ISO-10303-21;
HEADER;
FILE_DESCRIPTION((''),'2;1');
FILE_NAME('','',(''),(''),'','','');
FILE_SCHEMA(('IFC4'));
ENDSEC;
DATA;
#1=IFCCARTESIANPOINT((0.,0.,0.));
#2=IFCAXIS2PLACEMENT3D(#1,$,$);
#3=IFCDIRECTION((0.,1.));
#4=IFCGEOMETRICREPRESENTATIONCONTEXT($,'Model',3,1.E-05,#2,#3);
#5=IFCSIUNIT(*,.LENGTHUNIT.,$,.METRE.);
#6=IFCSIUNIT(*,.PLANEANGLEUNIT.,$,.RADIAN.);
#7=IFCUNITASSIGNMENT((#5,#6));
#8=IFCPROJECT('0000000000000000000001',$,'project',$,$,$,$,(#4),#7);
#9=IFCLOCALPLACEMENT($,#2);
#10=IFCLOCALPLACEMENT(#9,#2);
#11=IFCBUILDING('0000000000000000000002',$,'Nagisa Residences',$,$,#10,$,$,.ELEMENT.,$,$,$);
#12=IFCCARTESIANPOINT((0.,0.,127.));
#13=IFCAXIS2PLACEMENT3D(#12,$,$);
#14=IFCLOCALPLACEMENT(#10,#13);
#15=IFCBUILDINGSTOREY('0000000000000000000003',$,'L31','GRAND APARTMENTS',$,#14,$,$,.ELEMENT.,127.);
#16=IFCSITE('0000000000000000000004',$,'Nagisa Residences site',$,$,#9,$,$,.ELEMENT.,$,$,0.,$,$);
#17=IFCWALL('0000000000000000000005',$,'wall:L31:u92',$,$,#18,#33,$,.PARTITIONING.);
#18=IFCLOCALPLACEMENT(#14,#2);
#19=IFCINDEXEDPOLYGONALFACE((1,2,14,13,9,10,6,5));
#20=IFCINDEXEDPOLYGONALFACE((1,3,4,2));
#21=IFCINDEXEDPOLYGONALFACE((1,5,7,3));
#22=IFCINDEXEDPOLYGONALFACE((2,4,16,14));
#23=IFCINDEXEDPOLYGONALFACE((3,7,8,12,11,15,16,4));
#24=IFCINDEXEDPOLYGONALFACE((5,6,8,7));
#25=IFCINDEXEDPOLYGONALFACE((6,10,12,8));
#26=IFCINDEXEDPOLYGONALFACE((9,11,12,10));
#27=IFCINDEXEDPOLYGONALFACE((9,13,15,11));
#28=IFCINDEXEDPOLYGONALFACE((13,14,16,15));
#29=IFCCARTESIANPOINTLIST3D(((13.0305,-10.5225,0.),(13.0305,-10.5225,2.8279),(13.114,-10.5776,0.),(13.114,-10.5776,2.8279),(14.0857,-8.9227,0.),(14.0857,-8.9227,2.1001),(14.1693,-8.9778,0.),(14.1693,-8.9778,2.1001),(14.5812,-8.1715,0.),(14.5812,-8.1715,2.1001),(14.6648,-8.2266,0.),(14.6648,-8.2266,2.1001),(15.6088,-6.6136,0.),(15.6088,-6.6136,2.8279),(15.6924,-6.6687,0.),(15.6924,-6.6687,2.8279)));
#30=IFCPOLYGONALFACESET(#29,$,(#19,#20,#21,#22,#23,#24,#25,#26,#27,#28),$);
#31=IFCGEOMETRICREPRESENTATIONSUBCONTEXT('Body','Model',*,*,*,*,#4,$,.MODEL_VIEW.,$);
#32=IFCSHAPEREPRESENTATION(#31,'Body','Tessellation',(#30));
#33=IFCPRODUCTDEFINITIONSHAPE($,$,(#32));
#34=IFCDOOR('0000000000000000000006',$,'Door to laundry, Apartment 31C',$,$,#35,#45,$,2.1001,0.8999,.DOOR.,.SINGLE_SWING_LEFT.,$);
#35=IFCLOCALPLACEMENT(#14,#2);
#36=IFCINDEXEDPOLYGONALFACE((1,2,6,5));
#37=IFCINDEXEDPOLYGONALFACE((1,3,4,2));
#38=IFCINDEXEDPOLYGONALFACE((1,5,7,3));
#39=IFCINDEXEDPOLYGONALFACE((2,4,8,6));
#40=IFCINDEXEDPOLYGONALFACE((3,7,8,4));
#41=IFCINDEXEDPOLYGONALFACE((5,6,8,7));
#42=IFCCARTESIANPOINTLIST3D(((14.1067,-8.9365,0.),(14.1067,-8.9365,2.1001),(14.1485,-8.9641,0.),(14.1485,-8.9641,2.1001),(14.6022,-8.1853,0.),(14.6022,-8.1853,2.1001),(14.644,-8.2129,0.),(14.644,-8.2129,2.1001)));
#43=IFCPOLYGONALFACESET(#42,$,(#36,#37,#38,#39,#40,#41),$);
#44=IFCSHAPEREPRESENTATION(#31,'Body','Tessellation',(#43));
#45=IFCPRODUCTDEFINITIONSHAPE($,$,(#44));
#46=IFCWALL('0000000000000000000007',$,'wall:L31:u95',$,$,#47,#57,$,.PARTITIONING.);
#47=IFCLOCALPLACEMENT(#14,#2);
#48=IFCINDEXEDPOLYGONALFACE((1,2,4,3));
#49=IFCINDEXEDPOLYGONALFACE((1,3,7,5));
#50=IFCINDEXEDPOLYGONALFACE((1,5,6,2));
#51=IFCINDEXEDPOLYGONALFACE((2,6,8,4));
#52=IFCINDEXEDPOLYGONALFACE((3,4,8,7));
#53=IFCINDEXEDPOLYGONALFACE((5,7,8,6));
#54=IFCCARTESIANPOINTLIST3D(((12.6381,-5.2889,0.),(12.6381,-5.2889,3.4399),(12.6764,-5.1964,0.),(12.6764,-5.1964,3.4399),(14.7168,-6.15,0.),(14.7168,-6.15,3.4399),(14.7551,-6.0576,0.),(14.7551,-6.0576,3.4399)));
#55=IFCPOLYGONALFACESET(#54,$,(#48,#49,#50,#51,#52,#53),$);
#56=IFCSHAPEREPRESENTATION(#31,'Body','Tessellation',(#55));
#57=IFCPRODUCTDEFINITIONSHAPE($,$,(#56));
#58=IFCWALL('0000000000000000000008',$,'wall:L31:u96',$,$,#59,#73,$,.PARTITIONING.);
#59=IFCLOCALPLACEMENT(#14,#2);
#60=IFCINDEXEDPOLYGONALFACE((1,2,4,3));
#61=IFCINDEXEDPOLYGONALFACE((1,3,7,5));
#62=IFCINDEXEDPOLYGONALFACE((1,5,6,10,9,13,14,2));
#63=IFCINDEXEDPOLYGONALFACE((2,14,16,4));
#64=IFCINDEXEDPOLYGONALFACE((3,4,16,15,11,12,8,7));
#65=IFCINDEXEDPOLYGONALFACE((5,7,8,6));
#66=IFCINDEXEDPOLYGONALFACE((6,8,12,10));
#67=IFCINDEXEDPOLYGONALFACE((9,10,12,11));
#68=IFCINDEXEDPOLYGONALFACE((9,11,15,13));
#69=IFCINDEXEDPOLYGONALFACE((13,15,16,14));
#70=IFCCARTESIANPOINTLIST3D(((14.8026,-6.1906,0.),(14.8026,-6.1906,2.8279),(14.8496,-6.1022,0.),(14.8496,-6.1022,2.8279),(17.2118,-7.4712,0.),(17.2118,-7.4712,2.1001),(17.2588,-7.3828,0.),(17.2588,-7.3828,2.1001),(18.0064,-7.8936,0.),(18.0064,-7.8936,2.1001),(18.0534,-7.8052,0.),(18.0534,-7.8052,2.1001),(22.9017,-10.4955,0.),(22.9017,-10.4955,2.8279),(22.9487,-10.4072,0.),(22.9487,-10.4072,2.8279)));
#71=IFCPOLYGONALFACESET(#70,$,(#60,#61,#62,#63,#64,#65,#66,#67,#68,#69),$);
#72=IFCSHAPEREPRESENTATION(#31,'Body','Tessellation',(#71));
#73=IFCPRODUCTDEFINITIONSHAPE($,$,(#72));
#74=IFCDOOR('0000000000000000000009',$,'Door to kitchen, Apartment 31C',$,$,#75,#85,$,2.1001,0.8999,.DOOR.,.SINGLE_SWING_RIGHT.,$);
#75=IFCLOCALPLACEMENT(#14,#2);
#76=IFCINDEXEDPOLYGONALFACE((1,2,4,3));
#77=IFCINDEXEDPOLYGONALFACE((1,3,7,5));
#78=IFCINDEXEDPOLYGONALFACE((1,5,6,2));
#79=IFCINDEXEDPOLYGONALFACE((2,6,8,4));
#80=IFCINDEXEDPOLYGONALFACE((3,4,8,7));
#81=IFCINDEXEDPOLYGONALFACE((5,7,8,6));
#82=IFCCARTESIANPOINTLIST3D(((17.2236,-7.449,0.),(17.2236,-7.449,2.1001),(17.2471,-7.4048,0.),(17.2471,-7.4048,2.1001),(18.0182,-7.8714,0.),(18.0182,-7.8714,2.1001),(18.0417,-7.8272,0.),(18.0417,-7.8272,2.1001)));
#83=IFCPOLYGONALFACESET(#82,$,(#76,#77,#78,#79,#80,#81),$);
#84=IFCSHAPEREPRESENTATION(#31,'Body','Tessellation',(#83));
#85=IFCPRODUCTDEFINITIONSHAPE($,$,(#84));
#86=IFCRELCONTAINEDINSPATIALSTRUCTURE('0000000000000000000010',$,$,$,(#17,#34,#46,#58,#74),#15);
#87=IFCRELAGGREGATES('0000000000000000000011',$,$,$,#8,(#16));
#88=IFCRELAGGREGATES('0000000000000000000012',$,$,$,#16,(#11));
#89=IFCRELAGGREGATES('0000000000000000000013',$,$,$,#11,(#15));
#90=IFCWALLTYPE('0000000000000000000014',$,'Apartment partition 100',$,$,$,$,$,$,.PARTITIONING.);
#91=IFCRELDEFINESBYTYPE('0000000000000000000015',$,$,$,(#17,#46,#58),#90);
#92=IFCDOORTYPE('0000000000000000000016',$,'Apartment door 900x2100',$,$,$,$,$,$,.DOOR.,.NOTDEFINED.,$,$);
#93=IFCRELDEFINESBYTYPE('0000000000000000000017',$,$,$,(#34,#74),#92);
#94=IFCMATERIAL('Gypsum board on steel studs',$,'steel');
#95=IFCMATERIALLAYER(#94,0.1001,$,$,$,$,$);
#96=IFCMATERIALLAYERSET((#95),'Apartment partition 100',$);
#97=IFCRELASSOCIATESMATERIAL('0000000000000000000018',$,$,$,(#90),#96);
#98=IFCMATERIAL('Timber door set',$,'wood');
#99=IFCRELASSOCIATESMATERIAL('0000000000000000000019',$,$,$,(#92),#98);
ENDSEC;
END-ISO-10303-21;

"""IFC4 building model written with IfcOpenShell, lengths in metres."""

from ifc_helpers import new_model, si_unit, direction, frame, frame_2d, origin, place, context, subcontext, project, spatial, rectangle, extrude, material, layer, layer_set, type_object, element, fill, save


model = new_model("IFC4")

# Units and contexts
model_context = context("Model", 3, precision=1e-05, world=origin(), true_north=direction((0.0, 1.0)))
body_context = subcontext(model_context, "Body", "Model", "MODEL_VIEW")
ifc_project = project(units=[si_unit("LENGTHUNIT", "METRE"), si_unit("PLANEANGLEUNIT", "RADIAN")], contexts=[model_context])

# Site, building, storey
site_placement = place(None, origin())
site = spatial("IfcSite", under=ifc_project, at=site_placement, Name="Nagisa Residences site", CompositionType="ELEMENT", RefElevation=0.0)
building_placement = place(site_placement, origin())
building = spatial("IfcBuilding", under=site, at=building_placement, Name="Nagisa Residences", CompositionType="ELEMENT")
storey_placement = place(building_placement, frame((0.0, 0.0, 127.0)))
storey = spatial("IfcBuildingStorey", under=building, at=storey_placement, Name="L31", Description="GRAND APARTMENTS", CompositionType="ELEMENT", Elevation=127.0)

# Shared definitions
ifc_material_1 = material(Name="Gypsum board on steel studs", Category="steel")
ifc_layer_1 = layer(ifc_material_1, 0.1001)
ifc_layer_set_1 = layer_set([ifc_layer_1], Name="Apartment partition 100")
wall_type_1 = type_object("IfcWallType", Name="Apartment partition 100", PredefinedType="PARTITIONING", material=ifc_layer_set_1)

# Shared definitions
ifc_material_2 = material(Name="Timber door set", Category="wood")
door_type_1 = type_object("IfcDoorType", Name="Apartment door 900x2100", OperationType="NOTDEFINED", PredefinedType="DOOR", material=ifc_material_2)

# Wall, opening, door
wall_1_placement = place(storey_placement, frame((13.0723, -10.55, 0.0), z_axis=(0.0, 0.0, 1.0), x_axis=(0.550615, 0.834759, 0.0)))
wall_1 = element("IfcWall", 1, at=wall_1_placement, inside=storey, type_object=wall_type_1, Name="wall:L31:u92", PredefinedType="PARTITIONING", context=body_context, shape_type="SweptSolid", body=[
    extrude(rectangle(XDim=4.6826, YDim=0.1001, at=frame_2d((2.3413, 0.0))), origin(), (0.0, 0.0, 1.0), 2.8279),
])
opening_1_placement = place(wall_1_placement, frame((1.9165, 0.0, 0.0)))
opening_1 = element("IfcOpeningElement", 2, at=opening_1_placement, cuts=wall_1, PredefinedType="OPENING", context=body_context, shape_type="SweptSolid", body=[
    extrude(rectangle(XDim=0.8999, YDim=2.1001, at=frame_2d((0.45, 1.05))), frame((0.0, 0.0601, 0.0), z_axis=(0.0, -1.0, 0.0), x_axis=(1.0, 0.0, 0.0)), (0.0, 0.0, 1.0), 0.1201),
])
door_1_placement = place(opening_1_placement, origin())
door_1 = element("IfcDoor", 3, at=door_1_placement, inside=storey, type_object=door_type_1, Name="Door to laundry, Apartment 31C", OperationType="SINGLE_SWING_LEFT", OverallHeight=2.1001, OverallWidth=0.8999, PredefinedType="DOOR", context=body_context, shape_type="SweptSolid", body=[
    extrude(rectangle(XDim=0.8999, YDim=2.1001, at=frame_2d((0.45, 1.05))), frame((0.0, 0.0249, 0.0), z_axis=(0.0, -1.0, 0.0), x_axis=(1.0, 0.0, 0.0)), (0.0, 0.0, 1.0), 0.05),
])
fill(opening_1, door_1)

# Wall
wall_2_placement = place(storey_placement, frame((12.6572, -5.2427, 0.0), z_axis=(0.0, 0.0, 1.0), x_axis=(0.923865, -0.382719, 0.0)))
element("IfcWall", 4, at=wall_2_placement, inside=storey, type_object=wall_type_1, Name="wall:L31:u95", PredefinedType="PARTITIONING", context=body_context, shape_type="SweptSolid", body=[
    extrude(rectangle(XDim=2.25, YDim=0.1001, at=frame_2d((1.125, 0.0))), origin(), (0.0, 0.0, 1.0), 3.4399),
])

# Wall, opening, door
wall_3_placement = place(storey_placement, frame((14.8262, -6.1465, 0.0), z_axis=(0.0, 0.0, 1.0), x_axis=(0.883013, -0.469349, 0.0)))
wall_3 = element("IfcWall", 5, at=wall_3_placement, inside=storey, type_object=wall_type_1, Name="wall:L31:u96", PredefinedType="PARTITIONING", context=body_context, shape_type="SweptSolid", body=[
    extrude(rectangle(XDim=9.1721, YDim=0.1001, at=frame_2d((4.5859, 0.0))), origin(), (0.0, 0.0, 1.0), 2.8279),
])
opening_2_placement = place(wall_3_placement, frame((2.7283, 0.0, 0.0)))
opening_2 = element("IfcOpeningElement", 6, at=opening_2_placement, cuts=wall_3, PredefinedType="OPENING", context=body_context, shape_type="SweptSolid", body=[
    extrude(rectangle(XDim=0.8999, YDim=2.1001, at=frame_2d((0.45, 1.05))), frame((0.0, 0.0601, 0.0), z_axis=(0.0, -1.0, 0.0), x_axis=(1.0, 0.0, 0.0)), (0.0, 0.0, 1.0), 0.1201),
])
door_2_placement = place(opening_2_placement, frame((0.8999, 0.0, 0.0), x_axis=(-1.0, 0.0, 0.0)))
door_2 = element("IfcDoor", 7, at=door_2_placement, inside=storey, type_object=door_type_1, Name="Door to kitchen, Apartment 31C", OperationType="SINGLE_SWING_RIGHT", OverallHeight=2.1001, OverallWidth=0.8999, PredefinedType="DOOR", context=body_context, shape_type="SweptSolid", body=[
    extrude(rectangle(XDim=0.8999, YDim=2.1001, at=frame_2d((0.45, 1.05))), frame((0.0, 0.0249, 0.0), z_axis=(0.0, -1.0, 0.0), x_axis=(1.0, 0.0, 0.0)), (0.0, 0.0, 1.0), 0.05),
])
fill(opening_2, door_2)

save(model, "model.ifc")
